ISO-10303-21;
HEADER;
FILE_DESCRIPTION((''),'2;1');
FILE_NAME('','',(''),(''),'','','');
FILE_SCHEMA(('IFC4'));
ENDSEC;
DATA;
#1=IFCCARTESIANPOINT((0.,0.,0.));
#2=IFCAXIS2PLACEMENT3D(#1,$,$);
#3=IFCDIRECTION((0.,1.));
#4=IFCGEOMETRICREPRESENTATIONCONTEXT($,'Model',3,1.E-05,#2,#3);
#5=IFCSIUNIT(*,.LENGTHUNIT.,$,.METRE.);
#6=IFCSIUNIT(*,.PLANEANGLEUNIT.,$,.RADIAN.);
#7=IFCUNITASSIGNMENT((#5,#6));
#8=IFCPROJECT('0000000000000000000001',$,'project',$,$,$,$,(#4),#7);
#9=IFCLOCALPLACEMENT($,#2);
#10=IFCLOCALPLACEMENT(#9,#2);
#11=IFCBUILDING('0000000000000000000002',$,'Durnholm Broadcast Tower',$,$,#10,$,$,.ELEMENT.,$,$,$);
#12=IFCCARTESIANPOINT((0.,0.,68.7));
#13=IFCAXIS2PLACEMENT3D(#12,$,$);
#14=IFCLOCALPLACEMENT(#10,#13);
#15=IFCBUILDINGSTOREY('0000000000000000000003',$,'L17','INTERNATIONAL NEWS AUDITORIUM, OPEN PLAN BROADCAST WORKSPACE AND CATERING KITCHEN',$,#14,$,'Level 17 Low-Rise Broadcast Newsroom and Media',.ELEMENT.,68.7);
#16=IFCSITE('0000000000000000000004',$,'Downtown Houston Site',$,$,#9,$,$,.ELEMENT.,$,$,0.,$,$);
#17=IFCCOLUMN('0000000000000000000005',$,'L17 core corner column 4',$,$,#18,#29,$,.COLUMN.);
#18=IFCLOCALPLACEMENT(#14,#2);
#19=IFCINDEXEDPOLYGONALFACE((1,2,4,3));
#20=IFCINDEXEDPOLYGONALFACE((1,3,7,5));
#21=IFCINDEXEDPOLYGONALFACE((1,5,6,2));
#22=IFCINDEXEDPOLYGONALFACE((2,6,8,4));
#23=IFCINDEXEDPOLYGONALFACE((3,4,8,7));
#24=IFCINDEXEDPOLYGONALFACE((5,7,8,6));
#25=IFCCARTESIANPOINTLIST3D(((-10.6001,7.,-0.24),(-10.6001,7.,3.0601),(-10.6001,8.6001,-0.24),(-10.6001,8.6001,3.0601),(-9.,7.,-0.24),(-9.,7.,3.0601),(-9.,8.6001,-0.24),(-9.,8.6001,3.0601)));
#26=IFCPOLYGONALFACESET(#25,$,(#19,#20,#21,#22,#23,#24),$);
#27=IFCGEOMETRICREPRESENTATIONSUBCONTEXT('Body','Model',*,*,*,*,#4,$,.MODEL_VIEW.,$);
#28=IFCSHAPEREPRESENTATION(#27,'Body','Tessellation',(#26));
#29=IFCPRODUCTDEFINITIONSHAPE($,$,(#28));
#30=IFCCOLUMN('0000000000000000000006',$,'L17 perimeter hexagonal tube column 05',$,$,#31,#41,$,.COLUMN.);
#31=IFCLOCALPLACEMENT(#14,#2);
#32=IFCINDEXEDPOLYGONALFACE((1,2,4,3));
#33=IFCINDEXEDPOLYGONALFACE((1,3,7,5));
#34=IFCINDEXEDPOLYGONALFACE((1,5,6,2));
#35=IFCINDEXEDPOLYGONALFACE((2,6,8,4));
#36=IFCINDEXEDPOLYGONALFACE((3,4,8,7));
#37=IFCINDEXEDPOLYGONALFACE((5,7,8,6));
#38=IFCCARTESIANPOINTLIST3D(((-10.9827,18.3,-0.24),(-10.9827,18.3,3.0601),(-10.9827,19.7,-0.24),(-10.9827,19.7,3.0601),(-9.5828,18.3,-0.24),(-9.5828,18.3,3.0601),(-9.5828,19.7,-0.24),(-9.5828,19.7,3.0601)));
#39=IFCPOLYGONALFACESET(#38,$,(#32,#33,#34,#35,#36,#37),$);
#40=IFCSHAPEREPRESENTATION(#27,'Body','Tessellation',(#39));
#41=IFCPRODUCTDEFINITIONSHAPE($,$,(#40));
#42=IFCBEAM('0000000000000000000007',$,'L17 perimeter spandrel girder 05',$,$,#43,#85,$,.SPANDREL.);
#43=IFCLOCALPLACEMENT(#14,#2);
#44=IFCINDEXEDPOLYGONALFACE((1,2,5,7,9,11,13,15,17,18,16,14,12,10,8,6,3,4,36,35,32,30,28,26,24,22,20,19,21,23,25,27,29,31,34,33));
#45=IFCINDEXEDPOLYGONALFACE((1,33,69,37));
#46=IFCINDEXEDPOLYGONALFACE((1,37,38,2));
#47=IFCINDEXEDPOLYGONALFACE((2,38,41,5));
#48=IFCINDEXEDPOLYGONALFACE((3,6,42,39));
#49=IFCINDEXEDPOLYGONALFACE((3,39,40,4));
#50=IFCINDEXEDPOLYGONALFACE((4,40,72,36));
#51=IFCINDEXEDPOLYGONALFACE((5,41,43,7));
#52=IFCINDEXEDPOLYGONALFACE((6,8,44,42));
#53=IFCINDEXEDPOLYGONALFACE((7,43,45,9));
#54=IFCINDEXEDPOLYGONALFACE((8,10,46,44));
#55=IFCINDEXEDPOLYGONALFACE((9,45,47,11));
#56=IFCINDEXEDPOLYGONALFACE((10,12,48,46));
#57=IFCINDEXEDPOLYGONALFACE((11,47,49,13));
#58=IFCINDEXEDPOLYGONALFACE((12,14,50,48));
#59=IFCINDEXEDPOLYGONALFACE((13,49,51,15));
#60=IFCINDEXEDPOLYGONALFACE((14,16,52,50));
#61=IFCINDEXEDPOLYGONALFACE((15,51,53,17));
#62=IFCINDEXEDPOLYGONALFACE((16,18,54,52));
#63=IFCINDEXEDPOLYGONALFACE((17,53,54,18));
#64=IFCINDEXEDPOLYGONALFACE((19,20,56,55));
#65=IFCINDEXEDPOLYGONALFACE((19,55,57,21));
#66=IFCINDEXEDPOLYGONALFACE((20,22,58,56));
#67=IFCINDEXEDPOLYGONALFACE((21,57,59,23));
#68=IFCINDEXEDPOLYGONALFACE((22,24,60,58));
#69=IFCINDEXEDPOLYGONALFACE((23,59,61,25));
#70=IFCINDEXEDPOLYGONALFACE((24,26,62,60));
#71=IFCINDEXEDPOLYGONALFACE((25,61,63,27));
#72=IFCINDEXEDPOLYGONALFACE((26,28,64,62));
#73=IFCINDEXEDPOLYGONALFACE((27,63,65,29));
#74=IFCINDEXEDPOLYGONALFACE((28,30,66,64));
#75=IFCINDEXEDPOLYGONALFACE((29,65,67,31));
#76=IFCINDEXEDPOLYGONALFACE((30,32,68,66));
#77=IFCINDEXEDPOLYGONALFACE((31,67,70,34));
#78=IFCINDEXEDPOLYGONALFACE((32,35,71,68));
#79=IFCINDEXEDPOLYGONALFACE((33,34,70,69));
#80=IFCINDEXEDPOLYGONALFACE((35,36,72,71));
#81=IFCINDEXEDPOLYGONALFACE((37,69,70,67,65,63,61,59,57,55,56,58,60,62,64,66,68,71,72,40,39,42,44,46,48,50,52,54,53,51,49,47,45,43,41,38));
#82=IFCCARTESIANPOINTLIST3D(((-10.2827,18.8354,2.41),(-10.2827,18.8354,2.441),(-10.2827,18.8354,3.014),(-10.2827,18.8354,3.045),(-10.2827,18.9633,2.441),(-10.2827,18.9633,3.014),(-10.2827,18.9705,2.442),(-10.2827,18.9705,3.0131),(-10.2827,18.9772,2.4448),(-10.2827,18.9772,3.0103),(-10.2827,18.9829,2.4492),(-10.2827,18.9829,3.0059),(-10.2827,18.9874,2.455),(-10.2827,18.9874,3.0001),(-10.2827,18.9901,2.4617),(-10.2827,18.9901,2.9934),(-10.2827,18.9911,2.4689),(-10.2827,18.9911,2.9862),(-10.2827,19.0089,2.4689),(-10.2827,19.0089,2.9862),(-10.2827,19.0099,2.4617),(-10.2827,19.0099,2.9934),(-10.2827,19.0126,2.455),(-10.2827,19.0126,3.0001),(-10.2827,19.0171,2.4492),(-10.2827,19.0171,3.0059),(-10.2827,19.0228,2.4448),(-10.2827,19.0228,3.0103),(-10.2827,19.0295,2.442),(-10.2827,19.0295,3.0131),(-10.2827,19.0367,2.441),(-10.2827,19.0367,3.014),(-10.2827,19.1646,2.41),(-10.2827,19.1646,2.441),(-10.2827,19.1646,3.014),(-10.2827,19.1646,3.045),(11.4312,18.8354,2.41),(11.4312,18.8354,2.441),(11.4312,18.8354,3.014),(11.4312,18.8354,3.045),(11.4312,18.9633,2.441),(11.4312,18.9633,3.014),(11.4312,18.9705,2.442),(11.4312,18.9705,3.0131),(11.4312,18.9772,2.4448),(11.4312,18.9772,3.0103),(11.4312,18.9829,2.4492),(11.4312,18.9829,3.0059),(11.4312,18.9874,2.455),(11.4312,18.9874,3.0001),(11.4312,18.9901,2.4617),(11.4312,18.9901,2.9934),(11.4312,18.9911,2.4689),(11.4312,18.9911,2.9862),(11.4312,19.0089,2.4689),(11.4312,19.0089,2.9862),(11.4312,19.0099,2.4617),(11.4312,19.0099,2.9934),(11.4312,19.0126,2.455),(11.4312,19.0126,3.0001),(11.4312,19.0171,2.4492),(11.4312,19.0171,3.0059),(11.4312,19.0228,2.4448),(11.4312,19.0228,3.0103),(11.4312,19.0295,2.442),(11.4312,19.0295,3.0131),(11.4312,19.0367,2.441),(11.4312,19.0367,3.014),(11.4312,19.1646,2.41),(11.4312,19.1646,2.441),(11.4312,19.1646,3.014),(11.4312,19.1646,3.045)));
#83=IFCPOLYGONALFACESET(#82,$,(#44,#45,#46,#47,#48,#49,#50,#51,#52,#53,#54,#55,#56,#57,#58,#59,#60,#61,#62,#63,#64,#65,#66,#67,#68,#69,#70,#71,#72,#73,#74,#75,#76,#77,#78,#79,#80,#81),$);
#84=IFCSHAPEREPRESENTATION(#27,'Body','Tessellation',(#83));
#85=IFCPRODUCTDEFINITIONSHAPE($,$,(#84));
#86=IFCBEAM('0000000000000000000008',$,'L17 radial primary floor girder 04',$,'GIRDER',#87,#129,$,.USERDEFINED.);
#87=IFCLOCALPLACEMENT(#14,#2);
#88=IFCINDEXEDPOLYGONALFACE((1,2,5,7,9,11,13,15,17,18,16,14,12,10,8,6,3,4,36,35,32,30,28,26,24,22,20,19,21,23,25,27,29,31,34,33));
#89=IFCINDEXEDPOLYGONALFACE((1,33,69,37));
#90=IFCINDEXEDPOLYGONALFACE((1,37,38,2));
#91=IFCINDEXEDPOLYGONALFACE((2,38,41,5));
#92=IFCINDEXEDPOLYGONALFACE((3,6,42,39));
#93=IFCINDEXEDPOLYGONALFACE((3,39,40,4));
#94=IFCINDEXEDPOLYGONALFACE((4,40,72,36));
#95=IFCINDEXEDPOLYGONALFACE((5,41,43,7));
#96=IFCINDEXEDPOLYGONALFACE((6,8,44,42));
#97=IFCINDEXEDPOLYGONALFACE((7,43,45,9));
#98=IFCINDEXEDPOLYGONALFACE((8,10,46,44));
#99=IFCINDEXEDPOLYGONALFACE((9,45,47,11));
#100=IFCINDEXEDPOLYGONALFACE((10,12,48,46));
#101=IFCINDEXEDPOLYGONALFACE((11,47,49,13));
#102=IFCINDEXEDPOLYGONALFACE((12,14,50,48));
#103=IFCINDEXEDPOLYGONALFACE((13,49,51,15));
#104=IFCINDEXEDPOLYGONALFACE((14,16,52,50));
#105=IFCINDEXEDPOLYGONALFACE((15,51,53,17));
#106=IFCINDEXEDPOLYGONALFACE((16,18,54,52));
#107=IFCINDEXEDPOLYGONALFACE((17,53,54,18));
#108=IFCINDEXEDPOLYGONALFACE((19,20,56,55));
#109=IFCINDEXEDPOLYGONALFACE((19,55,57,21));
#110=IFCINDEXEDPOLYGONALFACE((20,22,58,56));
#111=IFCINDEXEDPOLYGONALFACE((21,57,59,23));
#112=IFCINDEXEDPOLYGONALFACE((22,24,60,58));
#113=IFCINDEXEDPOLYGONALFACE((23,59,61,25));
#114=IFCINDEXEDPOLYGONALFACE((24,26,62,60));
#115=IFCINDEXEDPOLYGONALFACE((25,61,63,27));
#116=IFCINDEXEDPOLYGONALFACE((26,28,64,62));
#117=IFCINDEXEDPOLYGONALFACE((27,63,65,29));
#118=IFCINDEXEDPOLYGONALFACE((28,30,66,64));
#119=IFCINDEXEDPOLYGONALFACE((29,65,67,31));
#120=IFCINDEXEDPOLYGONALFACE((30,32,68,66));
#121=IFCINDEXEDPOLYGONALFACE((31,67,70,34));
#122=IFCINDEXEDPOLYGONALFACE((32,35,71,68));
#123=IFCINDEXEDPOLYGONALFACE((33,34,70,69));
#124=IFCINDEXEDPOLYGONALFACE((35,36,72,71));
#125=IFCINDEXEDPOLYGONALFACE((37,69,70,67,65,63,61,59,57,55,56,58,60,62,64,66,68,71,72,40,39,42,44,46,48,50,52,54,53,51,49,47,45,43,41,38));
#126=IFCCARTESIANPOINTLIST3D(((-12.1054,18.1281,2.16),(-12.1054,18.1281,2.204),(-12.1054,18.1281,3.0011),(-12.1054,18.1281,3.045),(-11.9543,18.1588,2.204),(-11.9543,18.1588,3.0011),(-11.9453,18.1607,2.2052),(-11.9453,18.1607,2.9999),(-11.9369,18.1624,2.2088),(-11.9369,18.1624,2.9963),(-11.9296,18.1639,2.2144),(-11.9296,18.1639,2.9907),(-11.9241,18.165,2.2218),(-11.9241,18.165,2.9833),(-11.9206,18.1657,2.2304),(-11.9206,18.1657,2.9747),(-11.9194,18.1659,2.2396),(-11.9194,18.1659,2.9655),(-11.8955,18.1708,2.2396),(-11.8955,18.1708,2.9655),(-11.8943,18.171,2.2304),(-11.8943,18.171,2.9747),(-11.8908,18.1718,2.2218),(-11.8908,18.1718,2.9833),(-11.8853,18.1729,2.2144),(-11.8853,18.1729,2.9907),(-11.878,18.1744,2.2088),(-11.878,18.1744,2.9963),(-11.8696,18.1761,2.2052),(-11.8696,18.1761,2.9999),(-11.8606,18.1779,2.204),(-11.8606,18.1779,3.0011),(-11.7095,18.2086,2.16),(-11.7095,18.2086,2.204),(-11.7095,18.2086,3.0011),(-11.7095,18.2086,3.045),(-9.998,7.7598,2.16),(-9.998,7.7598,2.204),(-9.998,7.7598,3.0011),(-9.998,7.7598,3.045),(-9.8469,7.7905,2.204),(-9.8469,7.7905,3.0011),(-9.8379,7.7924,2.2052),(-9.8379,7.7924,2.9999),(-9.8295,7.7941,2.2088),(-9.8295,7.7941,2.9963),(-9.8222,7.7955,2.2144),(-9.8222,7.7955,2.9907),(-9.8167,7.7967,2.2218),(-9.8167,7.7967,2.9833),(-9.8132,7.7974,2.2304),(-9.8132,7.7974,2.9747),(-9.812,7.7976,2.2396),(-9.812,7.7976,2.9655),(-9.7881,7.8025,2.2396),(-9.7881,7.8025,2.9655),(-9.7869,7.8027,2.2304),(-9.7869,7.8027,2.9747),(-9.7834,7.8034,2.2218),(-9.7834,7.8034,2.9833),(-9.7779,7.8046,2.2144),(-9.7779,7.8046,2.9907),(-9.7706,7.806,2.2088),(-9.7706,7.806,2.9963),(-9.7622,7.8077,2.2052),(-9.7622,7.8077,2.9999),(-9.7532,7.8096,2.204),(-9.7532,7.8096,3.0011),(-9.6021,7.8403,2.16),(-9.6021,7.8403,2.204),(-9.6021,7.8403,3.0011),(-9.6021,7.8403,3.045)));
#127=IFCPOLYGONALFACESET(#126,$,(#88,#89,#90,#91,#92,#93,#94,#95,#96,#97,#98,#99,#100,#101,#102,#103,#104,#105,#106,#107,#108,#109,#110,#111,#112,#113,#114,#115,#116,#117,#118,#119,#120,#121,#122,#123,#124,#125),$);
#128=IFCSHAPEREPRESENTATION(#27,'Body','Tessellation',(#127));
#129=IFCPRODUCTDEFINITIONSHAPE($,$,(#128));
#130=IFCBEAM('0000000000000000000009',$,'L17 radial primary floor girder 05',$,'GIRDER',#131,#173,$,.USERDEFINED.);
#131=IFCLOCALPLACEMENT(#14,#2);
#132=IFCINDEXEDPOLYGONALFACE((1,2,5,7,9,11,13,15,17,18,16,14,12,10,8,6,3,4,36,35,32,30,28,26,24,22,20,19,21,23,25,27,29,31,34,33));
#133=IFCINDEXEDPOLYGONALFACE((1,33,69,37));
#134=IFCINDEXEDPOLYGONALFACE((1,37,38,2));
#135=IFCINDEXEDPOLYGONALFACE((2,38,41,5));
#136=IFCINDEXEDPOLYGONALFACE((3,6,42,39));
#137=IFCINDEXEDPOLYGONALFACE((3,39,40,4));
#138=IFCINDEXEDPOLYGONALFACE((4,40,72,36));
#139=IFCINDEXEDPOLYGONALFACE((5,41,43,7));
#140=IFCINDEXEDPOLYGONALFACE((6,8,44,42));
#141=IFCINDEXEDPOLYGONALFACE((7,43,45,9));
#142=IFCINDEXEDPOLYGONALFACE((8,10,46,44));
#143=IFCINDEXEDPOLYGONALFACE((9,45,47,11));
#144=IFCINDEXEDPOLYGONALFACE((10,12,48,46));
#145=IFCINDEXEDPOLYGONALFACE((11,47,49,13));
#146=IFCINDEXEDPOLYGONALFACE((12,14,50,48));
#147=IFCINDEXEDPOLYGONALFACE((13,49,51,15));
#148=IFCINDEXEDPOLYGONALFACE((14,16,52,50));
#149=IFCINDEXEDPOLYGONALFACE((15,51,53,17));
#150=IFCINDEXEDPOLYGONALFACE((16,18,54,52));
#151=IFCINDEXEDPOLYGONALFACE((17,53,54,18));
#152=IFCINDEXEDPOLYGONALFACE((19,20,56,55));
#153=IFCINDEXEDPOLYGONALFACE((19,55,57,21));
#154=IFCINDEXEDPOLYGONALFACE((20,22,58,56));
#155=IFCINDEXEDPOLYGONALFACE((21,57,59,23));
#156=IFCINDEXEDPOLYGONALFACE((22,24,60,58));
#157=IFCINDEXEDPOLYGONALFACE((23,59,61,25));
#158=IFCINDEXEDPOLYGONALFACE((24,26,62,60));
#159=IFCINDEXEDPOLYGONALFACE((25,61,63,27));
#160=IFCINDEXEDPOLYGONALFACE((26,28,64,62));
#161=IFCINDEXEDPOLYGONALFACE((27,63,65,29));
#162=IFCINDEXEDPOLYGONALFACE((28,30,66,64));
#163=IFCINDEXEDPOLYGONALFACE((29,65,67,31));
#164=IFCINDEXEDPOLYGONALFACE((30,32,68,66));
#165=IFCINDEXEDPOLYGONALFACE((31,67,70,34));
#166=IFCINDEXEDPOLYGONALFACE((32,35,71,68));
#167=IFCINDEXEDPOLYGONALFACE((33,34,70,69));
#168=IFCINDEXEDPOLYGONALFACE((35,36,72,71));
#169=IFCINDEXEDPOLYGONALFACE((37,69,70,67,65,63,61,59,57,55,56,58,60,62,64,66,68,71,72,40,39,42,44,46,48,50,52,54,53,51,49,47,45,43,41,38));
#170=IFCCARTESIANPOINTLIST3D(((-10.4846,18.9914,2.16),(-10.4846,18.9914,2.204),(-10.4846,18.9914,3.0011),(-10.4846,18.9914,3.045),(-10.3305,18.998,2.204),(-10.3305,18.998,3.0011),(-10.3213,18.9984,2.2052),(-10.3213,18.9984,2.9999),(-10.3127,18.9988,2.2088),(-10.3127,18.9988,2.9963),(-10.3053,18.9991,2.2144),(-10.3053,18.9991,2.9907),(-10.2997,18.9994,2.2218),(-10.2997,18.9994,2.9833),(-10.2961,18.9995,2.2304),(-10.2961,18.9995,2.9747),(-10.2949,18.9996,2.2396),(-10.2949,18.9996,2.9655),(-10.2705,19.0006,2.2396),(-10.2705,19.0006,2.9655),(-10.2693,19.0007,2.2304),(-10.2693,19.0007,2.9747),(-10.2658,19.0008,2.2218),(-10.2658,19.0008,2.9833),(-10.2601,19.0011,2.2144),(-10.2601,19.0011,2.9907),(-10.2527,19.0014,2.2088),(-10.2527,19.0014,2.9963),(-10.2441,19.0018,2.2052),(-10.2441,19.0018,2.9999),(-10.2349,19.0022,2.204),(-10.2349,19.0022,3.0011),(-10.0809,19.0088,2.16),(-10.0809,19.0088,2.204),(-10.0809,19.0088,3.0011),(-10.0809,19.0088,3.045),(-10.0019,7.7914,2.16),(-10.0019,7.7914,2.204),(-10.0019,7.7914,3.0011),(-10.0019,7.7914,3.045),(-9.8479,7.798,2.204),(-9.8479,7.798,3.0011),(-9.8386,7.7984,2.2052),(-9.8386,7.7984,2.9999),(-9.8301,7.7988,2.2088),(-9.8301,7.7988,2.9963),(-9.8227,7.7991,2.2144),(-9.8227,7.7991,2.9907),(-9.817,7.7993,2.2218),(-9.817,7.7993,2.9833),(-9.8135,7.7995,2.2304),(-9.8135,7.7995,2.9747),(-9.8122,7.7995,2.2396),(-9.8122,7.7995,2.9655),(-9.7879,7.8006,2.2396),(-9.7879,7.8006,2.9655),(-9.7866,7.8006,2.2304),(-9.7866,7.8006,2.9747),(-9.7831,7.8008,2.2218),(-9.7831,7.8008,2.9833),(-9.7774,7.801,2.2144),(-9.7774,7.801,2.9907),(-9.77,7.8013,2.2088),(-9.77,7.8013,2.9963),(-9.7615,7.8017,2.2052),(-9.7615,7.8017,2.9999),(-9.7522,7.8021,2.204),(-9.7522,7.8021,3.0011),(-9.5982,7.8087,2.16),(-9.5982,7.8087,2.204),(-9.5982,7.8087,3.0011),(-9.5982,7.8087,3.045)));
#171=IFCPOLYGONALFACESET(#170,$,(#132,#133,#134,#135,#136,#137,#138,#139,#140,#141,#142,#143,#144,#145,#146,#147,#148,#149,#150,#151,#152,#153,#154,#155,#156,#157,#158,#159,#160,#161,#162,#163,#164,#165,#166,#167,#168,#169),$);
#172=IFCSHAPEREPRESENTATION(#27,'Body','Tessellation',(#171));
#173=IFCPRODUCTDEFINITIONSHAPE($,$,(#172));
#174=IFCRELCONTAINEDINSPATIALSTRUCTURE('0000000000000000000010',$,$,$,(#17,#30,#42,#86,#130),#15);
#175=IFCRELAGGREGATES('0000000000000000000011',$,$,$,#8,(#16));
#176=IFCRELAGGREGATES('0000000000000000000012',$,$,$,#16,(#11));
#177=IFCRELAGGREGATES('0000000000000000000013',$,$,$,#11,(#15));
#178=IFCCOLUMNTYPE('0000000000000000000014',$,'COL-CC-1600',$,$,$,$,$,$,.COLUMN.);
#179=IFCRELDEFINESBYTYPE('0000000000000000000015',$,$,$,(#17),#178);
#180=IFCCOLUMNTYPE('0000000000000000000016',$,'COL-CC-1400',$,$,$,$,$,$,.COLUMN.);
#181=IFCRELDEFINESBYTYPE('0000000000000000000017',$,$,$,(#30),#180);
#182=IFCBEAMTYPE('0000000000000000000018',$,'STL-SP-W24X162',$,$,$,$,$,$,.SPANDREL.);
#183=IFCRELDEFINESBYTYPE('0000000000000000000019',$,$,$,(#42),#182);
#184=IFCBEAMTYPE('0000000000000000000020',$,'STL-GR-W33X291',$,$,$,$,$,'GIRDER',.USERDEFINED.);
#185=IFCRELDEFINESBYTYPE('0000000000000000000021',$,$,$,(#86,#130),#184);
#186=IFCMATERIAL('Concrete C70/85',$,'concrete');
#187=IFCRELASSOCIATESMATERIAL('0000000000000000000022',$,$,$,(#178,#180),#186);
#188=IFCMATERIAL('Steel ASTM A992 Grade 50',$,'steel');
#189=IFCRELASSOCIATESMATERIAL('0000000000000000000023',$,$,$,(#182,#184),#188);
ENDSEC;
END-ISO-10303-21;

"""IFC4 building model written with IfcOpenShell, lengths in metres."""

from ifc_helpers import new_model, si_unit, direction, frame, origin, origin_2d, place, context, subcontext, project, spatial, rectangle, i_section, extrude, source, transform, mapped, material, material_profile, profile_set, type_object, type_shapes, element, save


model = new_model("IFC4")

# Units and contexts
model_context = context("Model", 3, precision=1e-05, world=origin(), true_north=direction((0.0, 1.0)))
body_context = subcontext(model_context, "Body", "Model", "MODEL_VIEW")
ifc_project = project(units=[si_unit("LENGTHUNIT", "METRE"), si_unit("PLANEANGLEUNIT", "RADIAN")], contexts=[model_context])

# Site, building, storey
site_placement = place(None, origin())
site = spatial("IfcSite", under=ifc_project, at=site_placement, Name="Downtown Houston Site", CompositionType="ELEMENT", RefElevation=0.0)
building_placement = place(site_placement, origin())
building = spatial("IfcBuilding", under=site, at=building_placement, Name="Durnholm Broadcast Tower", CompositionType="ELEMENT")
storey_placement = place(building_placement, frame((0.0, 0.0, 68.7)))
storey = spatial("IfcBuildingStorey", under=building, at=storey_placement, Name="L17", Description="INTERNATIONAL NEWS AUDITORIUM, OPEN PLAN BROADCAST WORKSPACE AND CATERING KITCHEN", LongName="Level 17 Low-Rise Broadcast Newsroom and Media", CompositionType="ELEMENT", Elevation=68.7)

# Columns
ifc_material_1 = material(Name="Concrete C70/85", Category="concrete")
ifc_material_profile_1 = material_profile(ifc_material_1, rectangle(XDim=1.6001, YDim=1.6001, at=origin_2d()), Name="RC1600X1600")
ifc_profile_set_1 = profile_set([ifc_material_profile_1], Name="Concrete C70/85")
column_type_1 = type_object("IfcColumnType", Name="COL-CC-1600", PredefinedType="COLUMN", material=ifc_profile_set_1)
shared_shape_1 = source(origin(), body_context, "Body", "SweptSolid", [
    extrude(rectangle(XDim=1.6001, YDim=1.6001, at=origin_2d()), origin(), (0.0, 0.0, 1.0), 3.3),
])
type_shapes(column_type_1, [shared_shape_1])
column_1_placement = place(storey_placement, frame((-9.8, 7.8, -0.24), z_axis=(0.0, 0.0, 1.0), x_axis=(1.0, 0.0, 0.0)))
element("IfcColumn", 1, at=column_1_placement, inside=storey, type_object=column_type_1, Name="L17 core corner column 4", PredefinedType="COLUMN", context=body_context, shape_type="MappedRepresentation", body=[
    mapped(shared_shape_1, transform((0.0, 0.0, 0.0), x_axis=(1.0, 0.0, 0.0), y_axis=(0.0, 1.0, 0.0), z_axis=(0.0, 0.0, 1.0), scale=1.0)),
])
ifc_material_profile_2 = material_profile(ifc_material_1, rectangle(XDim=1.3999, YDim=1.3999, at=origin_2d()), Name="RC1400X1400")
ifc_profile_set_2 = profile_set([ifc_material_profile_2], Name="Concrete C70/85")
column_type_2 = type_object("IfcColumnType", Name="COL-CC-1400", PredefinedType="COLUMN", material=ifc_profile_set_2)
shared_shape_2 = source(origin(), body_context, "Body", "SweptSolid", [
    extrude(rectangle(XDim=1.3999, YDim=1.3999, at=origin_2d()), origin(), (0.0, 0.0, 1.0), 3.3),
])
type_shapes(column_type_2, [shared_shape_2])
column_2_placement = place(storey_placement, frame((-10.2827, 19.0, -0.24), z_axis=(0.0, 0.0, 1.0), x_axis=(1.0, 0.0, 0.0)))
element("IfcColumn", 2, at=column_2_placement, inside=storey, type_object=column_type_2, Name="L17 perimeter hexagonal tube column 05", PredefinedType="COLUMN", context=body_context, shape_type="MappedRepresentation", body=[
    mapped(shared_shape_2, transform((0.0, 0.0, 0.0), x_axis=(1.0, 0.0, 0.0), y_axis=(0.0, 1.0, 0.0), z_axis=(0.0, 0.0, 1.0), scale=1.0)),
])

# Beams
ifc_material_2 = material(Name="Steel ASTM A992 Grade 50", Category="steel")
ifc_material_profile_3 = material_profile(ifc_material_2, i_section(OverallWidth=0.3291, OverallDepth=0.635, WebThickness=0.0178, FlangeThickness=0.031, FilletRadius=0.0278, at=origin_2d()), Name="W24X162")
ifc_profile_set_3 = profile_set([ifc_material_profile_3], Name="Steel ASTM A992 Grade 50")
beam_type_1 = type_object("IfcBeamType", Name="STL-SP-W24X162", PredefinedType="SPANDREL", material=ifc_profile_set_3)
shared_shape_3 = source(origin(), body_context, "Body", "SweptSolid", [
    extrude(i_section(OverallWidth=0.3291, OverallDepth=0.635, WebThickness=0.0178, FlangeThickness=0.031, FilletRadius=0.0278, at=origin_2d()), origin(), (0.0, 0.0, 1.0), 21.7139),
])
type_shapes(beam_type_1, [shared_shape_3])
beam_1_placement = place(storey_placement, frame((-10.2827, 19.0, 2.7275), z_axis=(1.0, 0.0, 0.0), x_axis=(0.0, 1.0, 0.0)))
element("IfcBeam", 3, at=beam_1_placement, inside=storey, type_object=beam_type_1, Name="L17 perimeter spandrel girder 05", PredefinedType="SPANDREL", context=body_context, shape_type="MappedRepresentation", body=[
    mapped(shared_shape_3, transform((0.0, 0.0, 0.0), x_axis=(1.0, 0.0, 0.0), y_axis=(0.0, 1.0, 0.0), z_axis=(0.0, 0.0, 1.0), scale=1.0)),
])
ifc_material_profile_4 = material_profile(ifc_material_2, i_section(OverallWidth=0.4041, OverallDepth=0.885, WebThickness=0.0244, FlangeThickness=0.0439, FilletRadius=0.0356, at=origin_2d()), Name="W33X291")
ifc_profile_set_4 = profile_set([ifc_material_profile_4], Name="Steel ASTM A992 Grade 50")
beam_type_2 = type_object("IfcBeamType", Name="STL-GR-W33X291", ElementType="GIRDER", PredefinedType="USERDEFINED", material=ifc_profile_set_4)
shared_shape_4 = source(origin(), body_context, "Body", "SweptSolid", [
    extrude(i_section(OverallWidth=0.4041, OverallDepth=0.885, WebThickness=0.0244, FlangeThickness=0.0439, FilletRadius=0.0356, at=origin_2d()), origin(), (0.0, 0.0, 1.0), 10.5803),
])
beam_2_placement = place(storey_placement, frame((-9.8, 7.8, 2.6025), z_axis=(-0.199181, 0.979963, 0.0), x_axis=(-0.979963, -0.199181, 0.0)))
element("IfcBeam", 4, at=beam_2_placement, inside=storey, type_object=beam_type_2, Name="L17 radial primary floor girder 04", ObjectType="GIRDER", PredefinedType="USERDEFINED", context=body_context, shape_type="MappedRepresentation", body=[
    mapped(shared_shape_4, transform((0.0, 0.0, 0.0), x_axis=(1.0, 0.0, 0.0), y_axis=(0.0, 1.0, 0.0), z_axis=(0.0, 0.0, 1.0), scale=1.0)),
])
shared_shape_5 = source(origin(), body_context, "Body", "SweptSolid", [
    extrude(i_section(OverallWidth=0.4041, OverallDepth=0.885, WebThickness=0.0244, FlangeThickness=0.0439, FilletRadius=0.0356, at=origin_2d()), origin(), (0.0, 0.0, 1.0), 11.2104),
])
type_shapes(beam_type_2, [shared_shape_4, shared_shape_5])
beam_3_placement = place(storey_placement, frame((-9.8, 7.8, 2.6025), z_axis=(-0.043055, 0.999073, 0.0), x_axis=(-0.999073, -0.043055, 0.0)))
element("IfcBeam", 5, at=beam_3_placement, inside=storey, type_object=beam_type_2, Name="L17 radial primary floor girder 05", ObjectType="GIRDER", PredefinedType="USERDEFINED", context=body_context, shape_type="MappedRepresentation", body=[
    mapped(shared_shape_5, transform((0.0, 0.0, 0.0), x_axis=(1.0, 0.0, 0.0), y_axis=(0.0, 1.0, 0.0), z_axis=(0.0, 0.0, 1.0), scale=1.0)),
])

save(model, "model.ifc")
